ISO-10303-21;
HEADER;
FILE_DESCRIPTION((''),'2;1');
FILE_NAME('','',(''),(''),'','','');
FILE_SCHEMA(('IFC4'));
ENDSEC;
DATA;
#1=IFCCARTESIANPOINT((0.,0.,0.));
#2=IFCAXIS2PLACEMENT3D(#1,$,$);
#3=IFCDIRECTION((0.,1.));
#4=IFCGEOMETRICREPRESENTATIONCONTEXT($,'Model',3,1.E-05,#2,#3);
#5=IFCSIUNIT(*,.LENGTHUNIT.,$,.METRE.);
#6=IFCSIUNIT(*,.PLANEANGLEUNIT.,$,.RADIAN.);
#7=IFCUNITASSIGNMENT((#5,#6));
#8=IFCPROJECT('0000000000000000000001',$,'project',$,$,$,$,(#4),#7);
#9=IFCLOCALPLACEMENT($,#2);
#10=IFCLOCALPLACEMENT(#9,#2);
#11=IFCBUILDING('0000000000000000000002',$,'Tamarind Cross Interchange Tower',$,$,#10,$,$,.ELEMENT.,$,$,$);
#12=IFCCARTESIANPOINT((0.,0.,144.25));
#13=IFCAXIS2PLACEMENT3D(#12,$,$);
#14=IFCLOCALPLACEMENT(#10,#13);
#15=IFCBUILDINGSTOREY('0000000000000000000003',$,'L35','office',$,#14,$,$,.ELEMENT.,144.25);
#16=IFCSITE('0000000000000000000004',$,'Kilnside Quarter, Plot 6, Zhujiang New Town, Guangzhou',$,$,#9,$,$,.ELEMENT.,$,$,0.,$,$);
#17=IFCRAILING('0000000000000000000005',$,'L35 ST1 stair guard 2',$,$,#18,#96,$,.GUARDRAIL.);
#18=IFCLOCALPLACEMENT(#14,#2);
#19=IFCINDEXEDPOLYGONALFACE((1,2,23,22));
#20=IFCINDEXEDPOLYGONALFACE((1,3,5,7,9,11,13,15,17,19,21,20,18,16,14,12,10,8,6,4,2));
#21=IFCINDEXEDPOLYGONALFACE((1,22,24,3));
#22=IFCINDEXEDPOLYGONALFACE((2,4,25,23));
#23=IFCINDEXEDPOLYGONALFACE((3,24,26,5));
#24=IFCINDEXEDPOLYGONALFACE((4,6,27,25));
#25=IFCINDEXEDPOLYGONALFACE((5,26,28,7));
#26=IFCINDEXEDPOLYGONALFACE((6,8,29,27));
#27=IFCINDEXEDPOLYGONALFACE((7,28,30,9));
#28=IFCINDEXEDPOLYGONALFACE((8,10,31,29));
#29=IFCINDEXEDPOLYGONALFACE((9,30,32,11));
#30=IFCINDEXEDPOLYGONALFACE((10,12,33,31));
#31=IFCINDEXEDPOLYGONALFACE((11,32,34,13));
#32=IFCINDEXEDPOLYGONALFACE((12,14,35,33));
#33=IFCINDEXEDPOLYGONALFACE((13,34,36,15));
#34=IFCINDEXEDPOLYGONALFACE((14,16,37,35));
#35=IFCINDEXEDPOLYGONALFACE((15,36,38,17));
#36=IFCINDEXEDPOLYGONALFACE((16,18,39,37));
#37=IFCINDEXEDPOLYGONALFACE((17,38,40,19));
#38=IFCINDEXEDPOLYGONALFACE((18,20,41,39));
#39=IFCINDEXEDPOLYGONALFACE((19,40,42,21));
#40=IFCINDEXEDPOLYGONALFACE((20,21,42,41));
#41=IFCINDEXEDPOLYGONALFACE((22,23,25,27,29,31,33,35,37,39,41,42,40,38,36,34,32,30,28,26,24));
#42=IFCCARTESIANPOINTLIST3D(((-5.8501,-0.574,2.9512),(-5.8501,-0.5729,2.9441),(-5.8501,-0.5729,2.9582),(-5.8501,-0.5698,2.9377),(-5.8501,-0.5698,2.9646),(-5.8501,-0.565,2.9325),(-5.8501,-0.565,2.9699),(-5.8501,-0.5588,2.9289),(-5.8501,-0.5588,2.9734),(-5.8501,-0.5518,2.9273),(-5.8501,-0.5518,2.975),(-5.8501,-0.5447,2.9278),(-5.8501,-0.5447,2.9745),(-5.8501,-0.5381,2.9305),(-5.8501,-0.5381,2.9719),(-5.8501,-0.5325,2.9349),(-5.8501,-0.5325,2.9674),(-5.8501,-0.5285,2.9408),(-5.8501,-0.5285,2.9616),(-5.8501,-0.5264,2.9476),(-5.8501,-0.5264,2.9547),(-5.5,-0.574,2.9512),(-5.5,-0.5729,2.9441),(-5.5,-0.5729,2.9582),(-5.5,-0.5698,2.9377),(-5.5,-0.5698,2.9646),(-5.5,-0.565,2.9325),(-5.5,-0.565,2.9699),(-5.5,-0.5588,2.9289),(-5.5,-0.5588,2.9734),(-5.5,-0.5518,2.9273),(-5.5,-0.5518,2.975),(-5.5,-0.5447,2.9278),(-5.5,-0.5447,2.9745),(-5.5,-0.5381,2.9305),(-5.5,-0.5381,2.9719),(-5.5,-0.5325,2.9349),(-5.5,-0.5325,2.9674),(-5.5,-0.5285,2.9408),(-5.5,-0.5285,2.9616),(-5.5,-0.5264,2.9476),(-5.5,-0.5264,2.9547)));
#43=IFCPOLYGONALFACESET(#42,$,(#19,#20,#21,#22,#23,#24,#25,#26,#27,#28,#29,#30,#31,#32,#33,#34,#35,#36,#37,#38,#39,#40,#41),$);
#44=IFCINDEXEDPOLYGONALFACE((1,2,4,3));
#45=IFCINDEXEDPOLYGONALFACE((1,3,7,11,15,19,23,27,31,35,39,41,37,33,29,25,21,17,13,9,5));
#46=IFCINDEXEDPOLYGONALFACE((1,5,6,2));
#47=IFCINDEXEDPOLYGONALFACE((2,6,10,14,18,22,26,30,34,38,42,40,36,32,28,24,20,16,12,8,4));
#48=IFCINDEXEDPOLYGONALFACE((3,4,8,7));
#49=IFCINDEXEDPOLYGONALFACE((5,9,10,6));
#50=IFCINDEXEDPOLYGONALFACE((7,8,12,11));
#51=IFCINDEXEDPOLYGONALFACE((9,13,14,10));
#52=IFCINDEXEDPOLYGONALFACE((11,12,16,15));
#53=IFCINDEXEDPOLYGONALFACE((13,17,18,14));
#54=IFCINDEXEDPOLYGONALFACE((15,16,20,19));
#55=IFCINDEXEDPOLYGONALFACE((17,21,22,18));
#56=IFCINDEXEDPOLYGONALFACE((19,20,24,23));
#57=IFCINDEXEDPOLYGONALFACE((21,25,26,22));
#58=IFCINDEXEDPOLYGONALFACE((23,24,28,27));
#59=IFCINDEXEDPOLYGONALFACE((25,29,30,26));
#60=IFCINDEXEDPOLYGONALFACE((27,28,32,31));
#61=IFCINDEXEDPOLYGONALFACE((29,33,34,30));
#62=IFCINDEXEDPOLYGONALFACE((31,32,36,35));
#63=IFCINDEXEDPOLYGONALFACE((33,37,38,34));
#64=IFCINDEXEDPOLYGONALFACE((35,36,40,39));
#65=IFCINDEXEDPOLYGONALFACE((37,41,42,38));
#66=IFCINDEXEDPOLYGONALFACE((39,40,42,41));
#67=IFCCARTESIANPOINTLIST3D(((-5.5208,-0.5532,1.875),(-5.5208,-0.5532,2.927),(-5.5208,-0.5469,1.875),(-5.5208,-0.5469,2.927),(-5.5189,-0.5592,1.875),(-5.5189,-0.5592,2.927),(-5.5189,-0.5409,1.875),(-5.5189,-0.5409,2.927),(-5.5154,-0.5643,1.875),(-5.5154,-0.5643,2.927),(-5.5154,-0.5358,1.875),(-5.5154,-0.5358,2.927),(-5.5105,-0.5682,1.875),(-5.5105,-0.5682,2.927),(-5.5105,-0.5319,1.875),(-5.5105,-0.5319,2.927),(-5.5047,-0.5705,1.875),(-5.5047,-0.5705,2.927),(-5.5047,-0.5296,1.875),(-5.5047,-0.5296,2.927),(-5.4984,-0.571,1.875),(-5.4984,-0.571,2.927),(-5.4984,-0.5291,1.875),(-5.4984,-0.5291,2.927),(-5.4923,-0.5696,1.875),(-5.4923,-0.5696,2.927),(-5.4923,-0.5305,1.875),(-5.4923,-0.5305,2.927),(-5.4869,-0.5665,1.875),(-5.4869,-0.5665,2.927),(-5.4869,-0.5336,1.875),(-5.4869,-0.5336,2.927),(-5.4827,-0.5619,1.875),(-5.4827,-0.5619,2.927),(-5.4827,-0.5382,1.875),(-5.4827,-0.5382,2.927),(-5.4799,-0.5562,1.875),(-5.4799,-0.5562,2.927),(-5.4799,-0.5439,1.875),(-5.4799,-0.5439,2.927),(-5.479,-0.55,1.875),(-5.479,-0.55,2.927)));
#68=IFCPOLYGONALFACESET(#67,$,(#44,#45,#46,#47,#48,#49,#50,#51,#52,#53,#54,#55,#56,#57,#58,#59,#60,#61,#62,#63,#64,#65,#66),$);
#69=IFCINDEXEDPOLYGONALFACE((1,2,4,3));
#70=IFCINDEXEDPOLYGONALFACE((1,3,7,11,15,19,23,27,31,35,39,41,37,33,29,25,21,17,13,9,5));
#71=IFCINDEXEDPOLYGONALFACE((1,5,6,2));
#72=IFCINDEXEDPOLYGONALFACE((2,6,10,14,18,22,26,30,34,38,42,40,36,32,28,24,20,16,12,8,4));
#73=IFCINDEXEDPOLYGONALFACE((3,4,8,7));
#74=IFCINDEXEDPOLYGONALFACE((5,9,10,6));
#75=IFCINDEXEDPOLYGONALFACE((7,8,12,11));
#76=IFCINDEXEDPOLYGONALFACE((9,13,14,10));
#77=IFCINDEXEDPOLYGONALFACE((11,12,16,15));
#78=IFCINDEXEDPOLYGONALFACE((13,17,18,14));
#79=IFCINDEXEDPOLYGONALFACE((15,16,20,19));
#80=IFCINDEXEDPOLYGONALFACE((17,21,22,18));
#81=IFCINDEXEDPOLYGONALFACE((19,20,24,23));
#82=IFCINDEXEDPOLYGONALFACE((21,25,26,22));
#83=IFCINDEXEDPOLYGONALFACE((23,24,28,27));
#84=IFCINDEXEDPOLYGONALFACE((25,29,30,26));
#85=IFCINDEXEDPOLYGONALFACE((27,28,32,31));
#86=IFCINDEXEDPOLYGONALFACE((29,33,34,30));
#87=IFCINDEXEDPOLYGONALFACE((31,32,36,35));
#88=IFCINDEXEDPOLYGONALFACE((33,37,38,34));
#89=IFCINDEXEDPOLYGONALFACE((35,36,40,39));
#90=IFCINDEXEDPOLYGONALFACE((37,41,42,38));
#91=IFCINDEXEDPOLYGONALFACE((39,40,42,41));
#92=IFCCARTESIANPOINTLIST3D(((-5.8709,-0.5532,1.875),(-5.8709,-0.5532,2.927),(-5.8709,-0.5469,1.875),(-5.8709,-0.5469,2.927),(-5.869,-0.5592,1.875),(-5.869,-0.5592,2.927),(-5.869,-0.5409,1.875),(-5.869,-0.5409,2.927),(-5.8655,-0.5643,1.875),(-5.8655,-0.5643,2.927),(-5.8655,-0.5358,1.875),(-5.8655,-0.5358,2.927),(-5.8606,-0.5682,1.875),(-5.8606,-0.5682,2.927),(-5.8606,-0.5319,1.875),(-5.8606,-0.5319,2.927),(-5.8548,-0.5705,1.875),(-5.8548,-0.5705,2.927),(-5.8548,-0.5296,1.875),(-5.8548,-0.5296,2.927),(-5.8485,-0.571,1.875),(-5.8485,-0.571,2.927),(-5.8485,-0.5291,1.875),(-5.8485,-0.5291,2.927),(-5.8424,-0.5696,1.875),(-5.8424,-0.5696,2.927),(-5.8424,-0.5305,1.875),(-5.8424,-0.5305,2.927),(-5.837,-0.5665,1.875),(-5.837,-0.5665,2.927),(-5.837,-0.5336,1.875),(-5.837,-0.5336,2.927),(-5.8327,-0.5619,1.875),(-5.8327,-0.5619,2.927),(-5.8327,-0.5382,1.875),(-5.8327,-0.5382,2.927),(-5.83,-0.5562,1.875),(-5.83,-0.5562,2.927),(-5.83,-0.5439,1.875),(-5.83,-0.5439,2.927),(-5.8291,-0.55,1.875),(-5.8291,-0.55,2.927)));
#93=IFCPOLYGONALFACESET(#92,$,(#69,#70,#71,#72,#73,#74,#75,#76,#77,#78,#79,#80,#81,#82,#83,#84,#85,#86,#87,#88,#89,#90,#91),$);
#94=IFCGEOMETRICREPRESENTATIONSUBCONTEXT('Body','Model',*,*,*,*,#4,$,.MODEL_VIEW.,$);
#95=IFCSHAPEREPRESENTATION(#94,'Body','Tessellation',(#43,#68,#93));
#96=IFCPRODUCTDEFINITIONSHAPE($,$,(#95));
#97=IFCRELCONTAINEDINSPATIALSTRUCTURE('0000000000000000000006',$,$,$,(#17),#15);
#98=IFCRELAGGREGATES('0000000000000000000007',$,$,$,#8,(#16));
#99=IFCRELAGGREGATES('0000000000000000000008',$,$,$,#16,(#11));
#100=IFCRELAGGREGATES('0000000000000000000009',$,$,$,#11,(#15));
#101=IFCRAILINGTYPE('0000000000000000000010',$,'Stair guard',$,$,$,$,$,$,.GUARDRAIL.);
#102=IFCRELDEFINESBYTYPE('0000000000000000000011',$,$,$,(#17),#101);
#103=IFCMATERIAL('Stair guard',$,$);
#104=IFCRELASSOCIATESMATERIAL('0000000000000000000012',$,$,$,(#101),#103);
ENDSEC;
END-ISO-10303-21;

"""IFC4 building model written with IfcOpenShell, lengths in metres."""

from ifc_helpers import new_model, si_unit, direction, frame, origin, origin_2d, place, context, subcontext, project, spatial, circle, extrude, material, type_object, element, save


model = new_model("IFC4")

# Units and contexts
model_context = context("Model", 3, precision=1e-05, world=origin(), true_north=direction((0.0, 1.0)))
body_context = subcontext(model_context, "Body", "Model", "MODEL_VIEW")
ifc_project = project(units=[si_unit("LENGTHUNIT", "METRE"), si_unit("PLANEANGLEUNIT", "RADIAN")], contexts=[model_context])

# Site, building, storey
site_placement = place(None, origin())
site = spatial("IfcSite", under=ifc_project, at=site_placement, Name="Kilnside Quarter, Plot 6, Zhujiang New Town, Guangzhou", CompositionType="ELEMENT", RefElevation=0.0)
building_placement = place(site_placement, origin())
building = spatial("IfcBuilding", under=site, at=building_placement, Name="Tamarind Cross Interchange Tower", CompositionType="ELEMENT")
storey_placement = place(building_placement, frame((0.0, 0.0, 144.25)))
storey = spatial("IfcBuildingStorey", under=building, at=storey_placement, Name="L35", Description="office", CompositionType="ELEMENT", Elevation=144.25)

# Railing
ifc_material_1 = material(Name="Stair guard")
railing_type_1 = type_object("IfcRailingType", Name="Stair guard", PredefinedType="GUARDRAIL", material=ifc_material_1)
railing_1_placement = place(storey_placement, frame((-5.5, -0.55, 1.875)))
element("IfcRailing", 1, at=railing_1_placement, inside=storey, type_object=railing_type_1, Name="L35 ST1 stair guard 2", PredefinedType="GUARDRAIL", context=body_context, shape_type="SweptSolid", body=[
    extrude(circle(Radius=0.0239, at=origin_2d()), frame((0.0, 0.0, 1.0762), z_axis=(-1.0, 0.0, 0.0), x_axis=(0.0, -1.0, 0.0)), (0.0, 0.0, 1.0), 0.3501),
    extrude(circle(Radius=0.021, at=origin_2d()), origin(), (0.0, 0.0, 1.0), 1.052),
    extrude(circle(Radius=0.021, at=origin_2d()), frame((-0.3501, 0.0, 0.0)), (0.0, 0.0, 1.0), 1.052),
])

save(model, "model.ifc")
